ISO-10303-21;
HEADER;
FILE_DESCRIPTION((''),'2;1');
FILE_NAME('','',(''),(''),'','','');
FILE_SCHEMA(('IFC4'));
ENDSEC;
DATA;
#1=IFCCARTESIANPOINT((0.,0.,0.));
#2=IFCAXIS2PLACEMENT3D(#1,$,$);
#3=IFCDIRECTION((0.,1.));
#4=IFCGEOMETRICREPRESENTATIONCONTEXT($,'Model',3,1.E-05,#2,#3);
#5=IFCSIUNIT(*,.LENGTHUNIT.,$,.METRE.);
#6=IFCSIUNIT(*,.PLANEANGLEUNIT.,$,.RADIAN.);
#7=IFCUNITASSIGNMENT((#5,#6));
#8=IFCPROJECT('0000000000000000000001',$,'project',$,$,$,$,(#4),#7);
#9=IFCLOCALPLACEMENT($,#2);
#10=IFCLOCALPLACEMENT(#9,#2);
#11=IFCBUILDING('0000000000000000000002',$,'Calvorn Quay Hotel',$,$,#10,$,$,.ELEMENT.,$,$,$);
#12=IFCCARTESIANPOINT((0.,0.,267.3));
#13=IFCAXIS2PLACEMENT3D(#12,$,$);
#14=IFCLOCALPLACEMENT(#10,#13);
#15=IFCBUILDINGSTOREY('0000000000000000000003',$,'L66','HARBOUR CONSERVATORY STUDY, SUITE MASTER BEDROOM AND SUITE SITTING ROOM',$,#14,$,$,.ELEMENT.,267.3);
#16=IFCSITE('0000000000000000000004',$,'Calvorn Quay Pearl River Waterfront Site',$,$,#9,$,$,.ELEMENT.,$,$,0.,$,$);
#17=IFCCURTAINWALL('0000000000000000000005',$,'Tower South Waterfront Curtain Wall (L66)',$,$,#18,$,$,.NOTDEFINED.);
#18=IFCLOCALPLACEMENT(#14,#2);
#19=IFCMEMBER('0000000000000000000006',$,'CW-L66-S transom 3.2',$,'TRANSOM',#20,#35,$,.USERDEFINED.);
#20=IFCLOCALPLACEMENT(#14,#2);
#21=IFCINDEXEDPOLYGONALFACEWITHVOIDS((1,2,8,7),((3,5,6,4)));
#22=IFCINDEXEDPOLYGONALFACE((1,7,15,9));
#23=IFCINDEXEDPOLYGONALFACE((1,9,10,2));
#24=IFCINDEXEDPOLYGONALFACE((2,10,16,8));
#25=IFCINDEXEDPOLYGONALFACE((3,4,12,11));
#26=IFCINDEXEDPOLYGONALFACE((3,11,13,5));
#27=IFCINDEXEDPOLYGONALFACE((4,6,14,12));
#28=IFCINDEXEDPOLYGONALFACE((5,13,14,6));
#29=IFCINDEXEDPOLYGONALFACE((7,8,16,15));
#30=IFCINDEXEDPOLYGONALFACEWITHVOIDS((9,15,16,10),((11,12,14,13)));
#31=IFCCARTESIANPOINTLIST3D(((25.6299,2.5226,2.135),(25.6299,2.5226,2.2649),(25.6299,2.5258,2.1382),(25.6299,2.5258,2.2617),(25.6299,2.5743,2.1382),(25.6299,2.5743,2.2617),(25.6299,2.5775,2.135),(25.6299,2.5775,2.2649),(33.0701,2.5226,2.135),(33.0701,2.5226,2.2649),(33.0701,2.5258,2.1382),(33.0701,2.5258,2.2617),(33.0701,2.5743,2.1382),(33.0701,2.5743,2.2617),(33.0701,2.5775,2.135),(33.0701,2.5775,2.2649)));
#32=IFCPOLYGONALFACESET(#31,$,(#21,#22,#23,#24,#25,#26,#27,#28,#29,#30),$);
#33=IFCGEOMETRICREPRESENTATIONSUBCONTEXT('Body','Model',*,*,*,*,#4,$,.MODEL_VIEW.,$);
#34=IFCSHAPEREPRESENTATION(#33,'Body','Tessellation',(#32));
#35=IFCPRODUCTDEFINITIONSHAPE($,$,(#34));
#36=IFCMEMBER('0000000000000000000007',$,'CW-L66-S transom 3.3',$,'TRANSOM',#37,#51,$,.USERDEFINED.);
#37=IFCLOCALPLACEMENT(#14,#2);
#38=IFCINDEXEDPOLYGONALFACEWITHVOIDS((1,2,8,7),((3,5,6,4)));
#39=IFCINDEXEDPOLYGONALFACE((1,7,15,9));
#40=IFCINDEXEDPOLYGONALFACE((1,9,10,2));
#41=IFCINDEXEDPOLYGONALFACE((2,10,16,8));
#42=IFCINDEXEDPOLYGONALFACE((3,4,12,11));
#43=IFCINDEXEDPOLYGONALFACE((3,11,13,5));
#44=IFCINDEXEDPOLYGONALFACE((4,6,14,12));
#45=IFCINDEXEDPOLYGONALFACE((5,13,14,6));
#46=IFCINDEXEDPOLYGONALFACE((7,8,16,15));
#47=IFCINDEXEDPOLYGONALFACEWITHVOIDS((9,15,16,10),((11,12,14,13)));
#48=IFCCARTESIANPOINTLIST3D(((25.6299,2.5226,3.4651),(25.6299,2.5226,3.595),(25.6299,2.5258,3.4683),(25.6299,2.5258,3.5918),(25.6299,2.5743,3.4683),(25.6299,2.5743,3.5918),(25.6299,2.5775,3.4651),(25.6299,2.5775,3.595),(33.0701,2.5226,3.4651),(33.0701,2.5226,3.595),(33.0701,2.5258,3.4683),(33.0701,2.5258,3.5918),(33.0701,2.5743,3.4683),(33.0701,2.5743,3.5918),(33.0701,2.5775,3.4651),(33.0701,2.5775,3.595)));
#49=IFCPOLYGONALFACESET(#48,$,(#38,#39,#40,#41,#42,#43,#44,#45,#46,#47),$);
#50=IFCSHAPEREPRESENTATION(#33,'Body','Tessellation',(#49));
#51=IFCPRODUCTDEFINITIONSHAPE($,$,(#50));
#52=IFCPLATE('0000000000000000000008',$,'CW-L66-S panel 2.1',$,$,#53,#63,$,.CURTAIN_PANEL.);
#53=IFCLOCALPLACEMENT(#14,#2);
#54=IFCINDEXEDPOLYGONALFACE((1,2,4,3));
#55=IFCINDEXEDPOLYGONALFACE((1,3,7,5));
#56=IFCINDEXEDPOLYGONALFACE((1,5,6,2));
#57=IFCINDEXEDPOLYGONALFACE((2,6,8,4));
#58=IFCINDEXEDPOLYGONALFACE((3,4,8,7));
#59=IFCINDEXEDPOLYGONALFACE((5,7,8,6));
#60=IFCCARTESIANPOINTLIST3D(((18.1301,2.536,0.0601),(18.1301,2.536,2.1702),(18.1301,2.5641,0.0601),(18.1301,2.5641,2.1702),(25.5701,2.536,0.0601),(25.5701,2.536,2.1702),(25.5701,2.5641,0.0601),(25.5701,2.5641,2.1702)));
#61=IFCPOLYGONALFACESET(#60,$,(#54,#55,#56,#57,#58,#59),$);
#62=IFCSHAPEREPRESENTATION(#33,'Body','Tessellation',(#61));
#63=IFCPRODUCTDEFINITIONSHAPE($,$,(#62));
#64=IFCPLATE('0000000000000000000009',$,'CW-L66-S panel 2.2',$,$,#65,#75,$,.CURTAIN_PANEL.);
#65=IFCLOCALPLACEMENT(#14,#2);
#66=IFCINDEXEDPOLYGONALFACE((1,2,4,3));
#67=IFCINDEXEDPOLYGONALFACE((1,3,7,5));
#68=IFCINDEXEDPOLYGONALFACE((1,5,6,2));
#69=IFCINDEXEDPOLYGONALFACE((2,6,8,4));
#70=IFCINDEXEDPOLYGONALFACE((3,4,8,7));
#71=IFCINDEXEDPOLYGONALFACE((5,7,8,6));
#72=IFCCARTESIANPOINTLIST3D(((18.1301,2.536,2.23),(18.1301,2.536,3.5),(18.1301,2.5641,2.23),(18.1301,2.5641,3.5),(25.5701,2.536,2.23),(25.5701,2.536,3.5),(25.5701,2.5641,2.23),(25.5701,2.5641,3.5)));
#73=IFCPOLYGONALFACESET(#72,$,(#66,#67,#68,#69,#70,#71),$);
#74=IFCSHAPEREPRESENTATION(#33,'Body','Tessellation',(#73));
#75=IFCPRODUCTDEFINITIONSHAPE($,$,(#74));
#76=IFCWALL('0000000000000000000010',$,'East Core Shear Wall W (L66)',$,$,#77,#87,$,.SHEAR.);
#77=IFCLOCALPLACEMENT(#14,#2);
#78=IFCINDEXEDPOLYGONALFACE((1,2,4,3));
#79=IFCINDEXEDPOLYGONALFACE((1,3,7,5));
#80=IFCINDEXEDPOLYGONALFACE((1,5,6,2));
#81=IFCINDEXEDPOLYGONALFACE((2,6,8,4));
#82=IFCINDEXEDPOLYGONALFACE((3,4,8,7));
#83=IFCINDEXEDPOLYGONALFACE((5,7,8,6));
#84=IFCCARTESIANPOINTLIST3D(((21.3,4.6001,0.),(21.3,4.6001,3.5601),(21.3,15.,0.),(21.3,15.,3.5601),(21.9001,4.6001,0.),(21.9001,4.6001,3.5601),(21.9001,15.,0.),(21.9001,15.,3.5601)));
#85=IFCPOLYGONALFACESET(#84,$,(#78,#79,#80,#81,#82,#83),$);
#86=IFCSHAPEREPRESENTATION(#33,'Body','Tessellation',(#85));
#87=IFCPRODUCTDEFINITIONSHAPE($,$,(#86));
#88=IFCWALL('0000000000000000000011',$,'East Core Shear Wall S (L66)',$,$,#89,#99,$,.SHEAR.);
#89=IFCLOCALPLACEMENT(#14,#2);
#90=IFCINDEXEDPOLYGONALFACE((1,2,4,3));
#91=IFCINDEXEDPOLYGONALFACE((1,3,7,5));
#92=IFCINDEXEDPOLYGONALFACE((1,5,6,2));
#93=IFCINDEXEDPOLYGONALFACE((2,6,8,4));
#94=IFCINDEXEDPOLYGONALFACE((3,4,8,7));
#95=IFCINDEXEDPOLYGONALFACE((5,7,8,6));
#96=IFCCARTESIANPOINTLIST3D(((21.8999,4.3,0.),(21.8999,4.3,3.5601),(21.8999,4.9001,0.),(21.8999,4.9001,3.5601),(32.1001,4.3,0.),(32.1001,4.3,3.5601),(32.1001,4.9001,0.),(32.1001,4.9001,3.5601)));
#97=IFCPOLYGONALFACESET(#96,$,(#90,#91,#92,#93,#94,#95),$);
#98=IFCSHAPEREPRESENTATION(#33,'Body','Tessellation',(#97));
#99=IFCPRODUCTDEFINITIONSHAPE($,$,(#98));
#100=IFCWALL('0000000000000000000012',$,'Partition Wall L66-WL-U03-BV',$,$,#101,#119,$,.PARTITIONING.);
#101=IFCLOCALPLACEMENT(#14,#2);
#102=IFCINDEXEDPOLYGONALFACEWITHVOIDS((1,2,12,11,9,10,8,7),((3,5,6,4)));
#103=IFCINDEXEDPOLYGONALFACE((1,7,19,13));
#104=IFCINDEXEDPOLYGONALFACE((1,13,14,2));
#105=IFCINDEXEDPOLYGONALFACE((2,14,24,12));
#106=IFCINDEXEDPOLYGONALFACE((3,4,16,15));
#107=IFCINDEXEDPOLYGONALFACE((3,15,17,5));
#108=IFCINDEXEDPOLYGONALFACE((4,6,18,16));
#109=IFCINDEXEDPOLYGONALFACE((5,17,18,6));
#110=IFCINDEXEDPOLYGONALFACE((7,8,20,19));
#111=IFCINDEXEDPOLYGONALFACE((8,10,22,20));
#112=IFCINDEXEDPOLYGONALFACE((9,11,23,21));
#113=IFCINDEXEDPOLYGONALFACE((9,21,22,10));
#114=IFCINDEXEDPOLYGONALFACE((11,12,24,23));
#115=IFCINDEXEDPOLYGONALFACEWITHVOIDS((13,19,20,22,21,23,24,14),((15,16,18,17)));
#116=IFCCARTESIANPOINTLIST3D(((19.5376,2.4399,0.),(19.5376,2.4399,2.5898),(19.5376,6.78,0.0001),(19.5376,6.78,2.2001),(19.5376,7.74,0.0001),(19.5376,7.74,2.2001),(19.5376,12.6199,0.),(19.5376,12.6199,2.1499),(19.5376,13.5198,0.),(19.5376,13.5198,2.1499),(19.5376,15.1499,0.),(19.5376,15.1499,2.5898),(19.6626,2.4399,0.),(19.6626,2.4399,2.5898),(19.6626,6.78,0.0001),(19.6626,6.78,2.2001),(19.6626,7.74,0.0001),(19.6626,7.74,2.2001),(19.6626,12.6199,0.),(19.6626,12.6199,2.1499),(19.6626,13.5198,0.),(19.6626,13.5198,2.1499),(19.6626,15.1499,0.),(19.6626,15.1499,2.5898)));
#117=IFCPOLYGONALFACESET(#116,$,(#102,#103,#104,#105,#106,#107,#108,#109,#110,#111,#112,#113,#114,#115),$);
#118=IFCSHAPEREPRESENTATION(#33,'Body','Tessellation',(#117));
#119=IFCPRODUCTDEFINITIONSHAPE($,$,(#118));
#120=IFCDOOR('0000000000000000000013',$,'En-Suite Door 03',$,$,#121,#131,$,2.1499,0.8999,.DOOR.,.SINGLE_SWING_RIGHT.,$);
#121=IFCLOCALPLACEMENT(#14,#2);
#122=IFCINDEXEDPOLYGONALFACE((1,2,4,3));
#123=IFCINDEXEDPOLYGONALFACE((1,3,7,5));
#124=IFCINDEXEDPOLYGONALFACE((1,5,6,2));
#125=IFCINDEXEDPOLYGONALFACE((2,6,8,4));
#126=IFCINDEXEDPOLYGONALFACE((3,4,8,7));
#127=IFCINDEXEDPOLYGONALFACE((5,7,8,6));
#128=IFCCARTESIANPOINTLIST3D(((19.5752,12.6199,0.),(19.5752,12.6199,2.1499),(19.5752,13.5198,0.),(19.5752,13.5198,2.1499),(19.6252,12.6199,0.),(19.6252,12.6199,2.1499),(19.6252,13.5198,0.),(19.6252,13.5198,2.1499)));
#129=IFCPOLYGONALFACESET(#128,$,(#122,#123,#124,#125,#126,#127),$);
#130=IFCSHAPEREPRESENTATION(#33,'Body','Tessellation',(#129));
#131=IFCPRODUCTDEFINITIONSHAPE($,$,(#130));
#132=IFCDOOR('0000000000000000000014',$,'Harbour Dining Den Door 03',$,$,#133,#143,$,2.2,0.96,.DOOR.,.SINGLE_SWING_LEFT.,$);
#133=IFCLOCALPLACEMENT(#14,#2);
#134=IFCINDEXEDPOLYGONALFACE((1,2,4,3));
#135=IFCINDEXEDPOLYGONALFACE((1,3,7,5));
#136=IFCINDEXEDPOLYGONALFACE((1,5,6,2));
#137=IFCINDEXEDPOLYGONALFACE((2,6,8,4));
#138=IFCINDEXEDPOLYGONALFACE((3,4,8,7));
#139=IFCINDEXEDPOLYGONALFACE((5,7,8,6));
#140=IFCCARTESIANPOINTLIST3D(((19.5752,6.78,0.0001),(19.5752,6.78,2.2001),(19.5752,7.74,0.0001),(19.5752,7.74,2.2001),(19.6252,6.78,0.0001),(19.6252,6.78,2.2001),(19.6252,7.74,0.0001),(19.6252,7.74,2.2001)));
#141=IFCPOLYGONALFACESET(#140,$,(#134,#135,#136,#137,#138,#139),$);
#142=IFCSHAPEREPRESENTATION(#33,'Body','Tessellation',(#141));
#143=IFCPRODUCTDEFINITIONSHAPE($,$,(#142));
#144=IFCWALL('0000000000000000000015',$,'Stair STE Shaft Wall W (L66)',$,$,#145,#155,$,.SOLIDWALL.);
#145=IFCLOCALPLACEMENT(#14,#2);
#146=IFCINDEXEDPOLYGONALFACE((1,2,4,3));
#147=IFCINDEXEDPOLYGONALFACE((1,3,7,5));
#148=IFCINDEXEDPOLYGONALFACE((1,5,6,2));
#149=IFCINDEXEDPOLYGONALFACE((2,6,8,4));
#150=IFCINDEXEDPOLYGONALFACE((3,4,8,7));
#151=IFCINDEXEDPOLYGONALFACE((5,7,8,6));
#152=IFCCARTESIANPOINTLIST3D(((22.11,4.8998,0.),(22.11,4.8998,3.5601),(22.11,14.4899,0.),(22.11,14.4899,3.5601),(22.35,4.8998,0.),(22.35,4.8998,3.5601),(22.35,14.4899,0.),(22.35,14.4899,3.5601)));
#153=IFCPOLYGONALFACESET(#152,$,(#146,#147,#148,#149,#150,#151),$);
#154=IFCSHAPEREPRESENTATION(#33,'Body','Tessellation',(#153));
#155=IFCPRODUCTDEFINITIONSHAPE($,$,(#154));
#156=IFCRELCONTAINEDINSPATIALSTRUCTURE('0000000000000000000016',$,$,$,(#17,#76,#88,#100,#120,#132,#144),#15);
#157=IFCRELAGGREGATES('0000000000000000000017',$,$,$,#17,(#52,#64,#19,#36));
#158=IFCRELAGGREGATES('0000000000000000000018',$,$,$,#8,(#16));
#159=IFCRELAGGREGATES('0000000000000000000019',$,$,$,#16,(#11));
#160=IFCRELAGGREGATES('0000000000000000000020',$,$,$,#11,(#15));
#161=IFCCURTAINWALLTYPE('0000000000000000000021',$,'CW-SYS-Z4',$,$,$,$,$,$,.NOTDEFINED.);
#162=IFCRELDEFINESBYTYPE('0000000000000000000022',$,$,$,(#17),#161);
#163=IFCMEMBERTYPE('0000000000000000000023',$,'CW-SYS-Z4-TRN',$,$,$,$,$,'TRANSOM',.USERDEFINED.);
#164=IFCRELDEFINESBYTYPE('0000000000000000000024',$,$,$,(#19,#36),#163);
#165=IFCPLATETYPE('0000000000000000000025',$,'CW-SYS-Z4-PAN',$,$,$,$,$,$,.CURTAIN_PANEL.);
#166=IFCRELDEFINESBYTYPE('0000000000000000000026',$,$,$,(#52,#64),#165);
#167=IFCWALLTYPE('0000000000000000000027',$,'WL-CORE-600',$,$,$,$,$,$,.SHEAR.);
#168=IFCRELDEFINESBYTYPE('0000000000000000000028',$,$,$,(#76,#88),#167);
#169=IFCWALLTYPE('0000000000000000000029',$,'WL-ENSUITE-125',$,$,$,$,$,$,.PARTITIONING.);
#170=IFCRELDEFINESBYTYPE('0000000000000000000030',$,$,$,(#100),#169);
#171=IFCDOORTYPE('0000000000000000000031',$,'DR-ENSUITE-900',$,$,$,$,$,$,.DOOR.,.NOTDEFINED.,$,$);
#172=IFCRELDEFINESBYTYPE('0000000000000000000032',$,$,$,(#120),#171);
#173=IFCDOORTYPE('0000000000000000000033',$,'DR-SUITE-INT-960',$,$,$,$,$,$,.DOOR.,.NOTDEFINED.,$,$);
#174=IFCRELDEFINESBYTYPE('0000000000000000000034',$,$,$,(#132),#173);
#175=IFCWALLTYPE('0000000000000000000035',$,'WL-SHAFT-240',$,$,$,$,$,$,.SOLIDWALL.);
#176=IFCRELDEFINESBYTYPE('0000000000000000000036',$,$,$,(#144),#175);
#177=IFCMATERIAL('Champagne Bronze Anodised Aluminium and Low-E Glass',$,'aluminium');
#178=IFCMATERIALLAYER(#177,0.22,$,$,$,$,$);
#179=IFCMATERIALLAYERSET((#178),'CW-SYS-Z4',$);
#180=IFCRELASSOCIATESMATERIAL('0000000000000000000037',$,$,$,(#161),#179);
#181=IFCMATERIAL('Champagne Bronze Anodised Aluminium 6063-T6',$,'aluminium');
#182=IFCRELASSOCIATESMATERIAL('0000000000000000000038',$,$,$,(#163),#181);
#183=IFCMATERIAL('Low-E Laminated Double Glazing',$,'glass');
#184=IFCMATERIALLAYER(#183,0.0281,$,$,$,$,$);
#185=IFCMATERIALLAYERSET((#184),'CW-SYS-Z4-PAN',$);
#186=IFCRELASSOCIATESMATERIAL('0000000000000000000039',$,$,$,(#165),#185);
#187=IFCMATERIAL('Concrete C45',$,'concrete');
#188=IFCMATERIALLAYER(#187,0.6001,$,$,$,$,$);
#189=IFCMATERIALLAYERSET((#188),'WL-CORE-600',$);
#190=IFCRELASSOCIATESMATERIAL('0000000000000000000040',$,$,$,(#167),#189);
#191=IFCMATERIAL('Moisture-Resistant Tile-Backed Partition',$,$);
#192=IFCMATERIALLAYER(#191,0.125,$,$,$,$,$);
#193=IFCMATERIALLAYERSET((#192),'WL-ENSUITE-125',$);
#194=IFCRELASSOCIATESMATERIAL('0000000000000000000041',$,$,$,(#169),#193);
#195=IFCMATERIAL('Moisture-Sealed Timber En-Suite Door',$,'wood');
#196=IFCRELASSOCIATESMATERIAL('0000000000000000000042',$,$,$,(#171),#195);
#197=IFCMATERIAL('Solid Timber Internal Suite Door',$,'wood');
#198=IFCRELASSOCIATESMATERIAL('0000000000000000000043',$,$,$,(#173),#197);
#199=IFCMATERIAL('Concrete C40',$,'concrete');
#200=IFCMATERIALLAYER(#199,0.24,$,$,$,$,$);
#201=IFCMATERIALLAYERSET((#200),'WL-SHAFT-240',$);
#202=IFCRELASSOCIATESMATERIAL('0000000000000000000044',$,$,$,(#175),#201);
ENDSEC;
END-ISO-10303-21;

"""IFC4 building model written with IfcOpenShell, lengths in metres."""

from ifc_helpers import new_model, si_unit, direction, frame, frame_2d, origin, origin_2d, place, context, subcontext, project, spatial, rectangle, hollow_rectangle, extrude, material, layer, layer_set, material_profile, profile_set, type_object, element, fill, aggregate, save


model = new_model("IFC4")

# Units and contexts
model_context = context("Model", 3, precision=1e-05, world=origin(), true_north=direction((0.0, 1.0)))
body_context = subcontext(model_context, "Body", "Model", "MODEL_VIEW")
ifc_project = project(units=[si_unit("LENGTHUNIT", "METRE"), si_unit("PLANEANGLEUNIT", "RADIAN")], contexts=[model_context])

# Site, building, storey
site_placement = place(None, origin())
site = spatial("IfcSite", under=ifc_project, at=site_placement, Name="Calvorn Quay Pearl River Waterfront Site", CompositionType="ELEMENT", RefElevation=0.0)
building_placement = place(site_placement, origin())
building = spatial("IfcBuilding", under=site, at=building_placement, Name="Calvorn Quay Hotel", CompositionType="ELEMENT")
storey_placement = place(building_placement, frame((0.0, 0.0, 267.3)))
storey = spatial("IfcBuildingStorey", under=building, at=storey_placement, Name="L66", Description="HARBOUR CONSERVATORY STUDY, SUITE MASTER BEDROOM AND SUITE SITTING ROOM", CompositionType="ELEMENT", Elevation=267.3)

# Curtain wall, members, plates
ifc_material_1 = material(Name="Champagne Bronze Anodised Aluminium and Low-E Glass", Category="aluminium")
ifc_layer_1 = layer(ifc_material_1, 0.22)
ifc_layer_set_1 = layer_set([ifc_layer_1], Name="CW-SYS-Z4")
curtain_wall_type = type_object("IfcCurtainWallType", Name="CW-SYS-Z4", PredefinedType="NOTDEFINED", material=ifc_layer_set_1)
curtain_wall_placement = place(storey_placement, origin())
curtain_wall = element("IfcCurtainWall", 1, at=curtain_wall_placement, inside=storey, type_object=curtain_wall_type, Name="Tower South Waterfront Curtain Wall (L66)", PredefinedType="NOTDEFINED")
ifc_material_2 = material(Name="Champagne Bronze Anodised Aluminium 6063-T6", Category="aluminium")
ifc_material_profile_1 = material_profile(ifc_material_2, hollow_rectangle(XDim=0.0549, YDim=0.1299, WallThickness=0.0032, at=origin_2d()), Name="ALU-T130x55x3.2")
ifc_profile_set_1 = profile_set([ifc_material_profile_1], Name="Champagne Bronze Anodised Aluminium 6063-T6")
member_type_1 = type_object("IfcMemberType", Name="CW-SYS-Z4-TRN", ElementType="TRANSOM", PredefinedType="USERDEFINED", material=ifc_profile_set_1)
member_1_placement = place(storey_placement, frame((25.6299, 2.55, 2.2), z_axis=(1.0, 0.0, 0.0), x_axis=(0.0, 1.0, 0.0)))
member_1 = element("IfcMember", 2, at=member_1_placement, type_object=member_type_1, Name="CW-L66-S transom 3.2", ObjectType="TRANSOM", PredefinedType="USERDEFINED", context=body_context, shape_type="SweptSolid", body=[
    extrude(hollow_rectangle(XDim=0.0549, YDim=0.1299, WallThickness=0.0032, at=origin_2d()), origin(), (0.0, 0.0, 1.0), 7.4402),
])
member_2_placement = place(storey_placement, frame((25.6299, 2.55, 3.53), z_axis=(1.0, 0.0, 0.0), x_axis=(0.0, 1.0, 0.0)))
member_2 = element("IfcMember", 3, at=member_2_placement, type_object=member_type_1, Name="CW-L66-S transom 3.3", ObjectType="TRANSOM", PredefinedType="USERDEFINED", context=body_context, shape_type="SweptSolid", body=[
    extrude(hollow_rectangle(XDim=0.0549, YDim=0.1299, WallThickness=0.0032, at=origin_2d()), origin(), (0.0, 0.0, 1.0), 7.4402),
])
ifc_material_3 = material(Name="Low-E Laminated Double Glazing", Category="glass")
ifc_layer_2 = layer(ifc_material_3, 0.0281)
ifc_layer_set_2 = layer_set([ifc_layer_2], Name="CW-SYS-Z4-PAN")
plate_type = type_object("IfcPlateType", Name="CW-SYS-Z4-PAN", PredefinedType="CURTAIN_PANEL", material=ifc_layer_set_2)
plate_1_placement = place(storey_placement, frame((21.8501, 2.55, 0.0601), z_axis=(0.0, 0.0, 1.0), x_axis=(1.0, 0.0, 0.0)))
plate_1 = element("IfcPlate", 4, at=plate_1_placement, type_object=plate_type, Name="CW-L66-S panel 2.1", PredefinedType="CURTAIN_PANEL", context=body_context, shape_type="SweptSolid", body=[
    extrude(rectangle(XDim=7.4399, YDim=0.0281, at=origin_2d()), origin(), (0.0, 0.0, 1.0), 2.1101),
])
plate_2_placement = place(storey_placement, frame((21.8501, 2.55, 2.23), z_axis=(0.0, 0.0, 1.0), x_axis=(1.0, 0.0, 0.0)))
plate_2 = element("IfcPlate", 5, at=plate_2_placement, type_object=plate_type, Name="CW-L66-S panel 2.2", PredefinedType="CURTAIN_PANEL", context=body_context, shape_type="SweptSolid", body=[
    extrude(rectangle(XDim=7.4399, YDim=0.0281, at=origin_2d()), origin(), (0.0, 0.0, 1.0), 1.27),
])
aggregate(curtain_wall, [plate_1, plate_2, member_1, member_2])

# Walls
ifc_material_4 = material(Name="Concrete C45", Category="concrete")
ifc_layer_3 = layer(ifc_material_4, 0.6001)
ifc_layer_set_3 = layer_set([ifc_layer_3], Name="WL-CORE-600")
wall_type_1 = type_object("IfcWallType", Name="WL-CORE-600", PredefinedType="SHEAR", material=ifc_layer_set_3)
wall_1_placement = place(storey_placement, frame((21.6001, 4.6001, 0.0), z_axis=(0.0, 0.0, 1.0), x_axis=(0.0, 1.0, 0.0)))
element("IfcWall", 6, at=wall_1_placement, inside=storey, type_object=wall_type_1, Name="East Core Shear Wall W (L66)", PredefinedType="SHEAR", context=body_context, shape_type="SweptSolid", body=[
    extrude(rectangle(XDim=10.3999, YDim=0.6001, at=frame_2d((5.2, 0.0))), origin(), (0.0, 0.0, 1.0), 3.5601),
])
wall_2_placement = place(storey_placement, frame((21.8999, 4.6001, 0.0), z_axis=(0.0, 0.0, 1.0), x_axis=(1.0, 0.0, 0.0)))
element("IfcWall", 7, at=wall_2_placement, inside=storey, type_object=wall_type_1, Name="East Core Shear Wall S (L66)", PredefinedType="SHEAR", context=body_context, shape_type="SweptSolid", body=[
    extrude(rectangle(XDim=10.2002, YDim=0.6001, at=frame_2d((5.1001, 0.0))), origin(), (0.0, 0.0, 1.0), 3.5601),
])

# Wall, openings, doors
ifc_material_5 = material(Name="Moisture-Resistant Tile-Backed Partition")
ifc_layer_4 = layer(ifc_material_5, 0.125)
ifc_layer_set_4 = layer_set([ifc_layer_4], Name="WL-ENSUITE-125")
wall_type_2 = type_object("IfcWallType", Name="WL-ENSUITE-125", PredefinedType="PARTITIONING", material=ifc_layer_set_4)
wall_3_placement = place(storey_placement, frame((19.6001, 2.4399, 0.0), z_axis=(0.0, 0.0, 1.0), x_axis=(0.0, 1.0, 0.0)))
wall_3 = element("IfcWall", 8, at=wall_3_placement, inside=storey, type_object=wall_type_2, Name="Partition Wall L66-WL-U03-BV", PredefinedType="PARTITIONING", context=body_context, shape_type="SweptSolid", body=[
    extrude(rectangle(XDim=12.71, YDim=0.125, at=frame_2d((6.355, 0.0))), origin(), (0.0, 0.0, 1.0), 2.5898),
])
opening_1_placement = place(wall_3_placement, frame((4.3401, 0.0, 0.0)))
opening_1 = element("IfcOpeningElement", 9, at=opening_1_placement, cuts=wall_3, PredefinedType="OPENING", context=body_context, shape_type="SweptSolid", body=[
    extrude(rectangle(XDim=0.96, YDim=2.2, at=frame_2d((0.48, 1.1001))), frame((0.0, 0.0725, 0.0), z_axis=(0.0, -1.0, 0.0), x_axis=(1.0, 0.0, 0.0)), (0.0, 0.0, 1.0), 0.145),
])
opening_2_placement = place(wall_3_placement, frame((10.1799, 0.0, 0.0)))
opening_2 = element("IfcOpeningElement", 10, at=opening_2_placement, cuts=wall_3, PredefinedType="OPENING", context=body_context, shape_type="SweptSolid", body=[
    extrude(rectangle(XDim=0.8999, YDim=2.1499, at=frame_2d((0.45, 1.075))), frame((0.0, 0.0725, 0.0), z_axis=(0.0, -1.0, 0.0), x_axis=(1.0, 0.0, 0.0)), (0.0, 0.0, 1.0), 0.145),
])
ifc_material_6 = material(Name="Moisture-Sealed Timber En-Suite Door", Category="wood")
door_type_1 = type_object("IfcDoorType", Name="DR-ENSUITE-900", OperationType="NOTDEFINED", PredefinedType="DOOR", material=ifc_material_6)
door_1_placement = place(opening_2_placement, origin())
door_1 = element("IfcDoor", 11, at=door_1_placement, inside=storey, type_object=door_type_1, Name="En-Suite Door 03", OperationType="SINGLE_SWING_RIGHT", OverallHeight=2.1499, OverallWidth=0.8999, PredefinedType="DOOR", context=body_context, shape_type="SweptSolid", body=[
    extrude(rectangle(XDim=0.8999, YDim=2.1499, at=frame_2d((0.45, 1.075))), frame((0.0, 0.0249, 0.0), z_axis=(0.0, -1.0, 0.0), x_axis=(1.0, 0.0, 0.0)), (0.0, 0.0, 1.0), 0.05),
])
fill(opening_2, door_1)
ifc_material_7 = material(Name="Solid Timber Internal Suite Door", Category="wood")
door_type_2 = type_object("IfcDoorType", Name="DR-SUITE-INT-960", OperationType="NOTDEFINED", PredefinedType="DOOR", material=ifc_material_7)
door_2_placement = place(opening_1_placement, origin())
door_2 = element("IfcDoor", 12, at=door_2_placement, inside=storey, type_object=door_type_2, Name="Harbour Dining Den Door 03", OperationType="SINGLE_SWING_LEFT", OverallHeight=2.2, OverallWidth=0.96, PredefinedType="DOOR", context=body_context, shape_type="SweptSolid", body=[
    extrude(rectangle(XDim=0.96, YDim=2.2, at=frame_2d((0.48, 1.1001))), frame((0.0, 0.0249, 0.0), z_axis=(0.0, -1.0, 0.0), x_axis=(1.0, 0.0, 0.0)), (0.0, 0.0, 1.0), 0.05),
])
fill(opening_1, door_2)

# Wall
ifc_material_8 = material(Name="Concrete C40", Category="concrete")
ifc_layer_5 = layer(ifc_material_8, 0.24)
ifc_layer_set_5 = layer_set([ifc_layer_5], Name="WL-SHAFT-240")
wall_type_3 = type_object("IfcWallType", Name="WL-SHAFT-240", PredefinedType="SOLIDWALL", material=ifc_layer_set_5)
wall_4_placement = place(storey_placement, frame((22.23, 4.8999, 0.0), z_axis=(0.0, 0.0, 1.0), x_axis=(0.0, 1.0, 0.0)))
element("IfcWall", 13, at=wall_4_placement, inside=storey, type_object=wall_type_3, Name="Stair STE Shaft Wall W (L66)", PredefinedType="SOLIDWALL", context=body_context, shape_type="SweptSolid", body=[
    extrude(rectangle(XDim=9.5901, YDim=0.24, at=frame_2d((4.7949, 0.0))), origin(), (0.0, 0.0, 1.0), 3.5601),
])

save(model, "model.ifc")
